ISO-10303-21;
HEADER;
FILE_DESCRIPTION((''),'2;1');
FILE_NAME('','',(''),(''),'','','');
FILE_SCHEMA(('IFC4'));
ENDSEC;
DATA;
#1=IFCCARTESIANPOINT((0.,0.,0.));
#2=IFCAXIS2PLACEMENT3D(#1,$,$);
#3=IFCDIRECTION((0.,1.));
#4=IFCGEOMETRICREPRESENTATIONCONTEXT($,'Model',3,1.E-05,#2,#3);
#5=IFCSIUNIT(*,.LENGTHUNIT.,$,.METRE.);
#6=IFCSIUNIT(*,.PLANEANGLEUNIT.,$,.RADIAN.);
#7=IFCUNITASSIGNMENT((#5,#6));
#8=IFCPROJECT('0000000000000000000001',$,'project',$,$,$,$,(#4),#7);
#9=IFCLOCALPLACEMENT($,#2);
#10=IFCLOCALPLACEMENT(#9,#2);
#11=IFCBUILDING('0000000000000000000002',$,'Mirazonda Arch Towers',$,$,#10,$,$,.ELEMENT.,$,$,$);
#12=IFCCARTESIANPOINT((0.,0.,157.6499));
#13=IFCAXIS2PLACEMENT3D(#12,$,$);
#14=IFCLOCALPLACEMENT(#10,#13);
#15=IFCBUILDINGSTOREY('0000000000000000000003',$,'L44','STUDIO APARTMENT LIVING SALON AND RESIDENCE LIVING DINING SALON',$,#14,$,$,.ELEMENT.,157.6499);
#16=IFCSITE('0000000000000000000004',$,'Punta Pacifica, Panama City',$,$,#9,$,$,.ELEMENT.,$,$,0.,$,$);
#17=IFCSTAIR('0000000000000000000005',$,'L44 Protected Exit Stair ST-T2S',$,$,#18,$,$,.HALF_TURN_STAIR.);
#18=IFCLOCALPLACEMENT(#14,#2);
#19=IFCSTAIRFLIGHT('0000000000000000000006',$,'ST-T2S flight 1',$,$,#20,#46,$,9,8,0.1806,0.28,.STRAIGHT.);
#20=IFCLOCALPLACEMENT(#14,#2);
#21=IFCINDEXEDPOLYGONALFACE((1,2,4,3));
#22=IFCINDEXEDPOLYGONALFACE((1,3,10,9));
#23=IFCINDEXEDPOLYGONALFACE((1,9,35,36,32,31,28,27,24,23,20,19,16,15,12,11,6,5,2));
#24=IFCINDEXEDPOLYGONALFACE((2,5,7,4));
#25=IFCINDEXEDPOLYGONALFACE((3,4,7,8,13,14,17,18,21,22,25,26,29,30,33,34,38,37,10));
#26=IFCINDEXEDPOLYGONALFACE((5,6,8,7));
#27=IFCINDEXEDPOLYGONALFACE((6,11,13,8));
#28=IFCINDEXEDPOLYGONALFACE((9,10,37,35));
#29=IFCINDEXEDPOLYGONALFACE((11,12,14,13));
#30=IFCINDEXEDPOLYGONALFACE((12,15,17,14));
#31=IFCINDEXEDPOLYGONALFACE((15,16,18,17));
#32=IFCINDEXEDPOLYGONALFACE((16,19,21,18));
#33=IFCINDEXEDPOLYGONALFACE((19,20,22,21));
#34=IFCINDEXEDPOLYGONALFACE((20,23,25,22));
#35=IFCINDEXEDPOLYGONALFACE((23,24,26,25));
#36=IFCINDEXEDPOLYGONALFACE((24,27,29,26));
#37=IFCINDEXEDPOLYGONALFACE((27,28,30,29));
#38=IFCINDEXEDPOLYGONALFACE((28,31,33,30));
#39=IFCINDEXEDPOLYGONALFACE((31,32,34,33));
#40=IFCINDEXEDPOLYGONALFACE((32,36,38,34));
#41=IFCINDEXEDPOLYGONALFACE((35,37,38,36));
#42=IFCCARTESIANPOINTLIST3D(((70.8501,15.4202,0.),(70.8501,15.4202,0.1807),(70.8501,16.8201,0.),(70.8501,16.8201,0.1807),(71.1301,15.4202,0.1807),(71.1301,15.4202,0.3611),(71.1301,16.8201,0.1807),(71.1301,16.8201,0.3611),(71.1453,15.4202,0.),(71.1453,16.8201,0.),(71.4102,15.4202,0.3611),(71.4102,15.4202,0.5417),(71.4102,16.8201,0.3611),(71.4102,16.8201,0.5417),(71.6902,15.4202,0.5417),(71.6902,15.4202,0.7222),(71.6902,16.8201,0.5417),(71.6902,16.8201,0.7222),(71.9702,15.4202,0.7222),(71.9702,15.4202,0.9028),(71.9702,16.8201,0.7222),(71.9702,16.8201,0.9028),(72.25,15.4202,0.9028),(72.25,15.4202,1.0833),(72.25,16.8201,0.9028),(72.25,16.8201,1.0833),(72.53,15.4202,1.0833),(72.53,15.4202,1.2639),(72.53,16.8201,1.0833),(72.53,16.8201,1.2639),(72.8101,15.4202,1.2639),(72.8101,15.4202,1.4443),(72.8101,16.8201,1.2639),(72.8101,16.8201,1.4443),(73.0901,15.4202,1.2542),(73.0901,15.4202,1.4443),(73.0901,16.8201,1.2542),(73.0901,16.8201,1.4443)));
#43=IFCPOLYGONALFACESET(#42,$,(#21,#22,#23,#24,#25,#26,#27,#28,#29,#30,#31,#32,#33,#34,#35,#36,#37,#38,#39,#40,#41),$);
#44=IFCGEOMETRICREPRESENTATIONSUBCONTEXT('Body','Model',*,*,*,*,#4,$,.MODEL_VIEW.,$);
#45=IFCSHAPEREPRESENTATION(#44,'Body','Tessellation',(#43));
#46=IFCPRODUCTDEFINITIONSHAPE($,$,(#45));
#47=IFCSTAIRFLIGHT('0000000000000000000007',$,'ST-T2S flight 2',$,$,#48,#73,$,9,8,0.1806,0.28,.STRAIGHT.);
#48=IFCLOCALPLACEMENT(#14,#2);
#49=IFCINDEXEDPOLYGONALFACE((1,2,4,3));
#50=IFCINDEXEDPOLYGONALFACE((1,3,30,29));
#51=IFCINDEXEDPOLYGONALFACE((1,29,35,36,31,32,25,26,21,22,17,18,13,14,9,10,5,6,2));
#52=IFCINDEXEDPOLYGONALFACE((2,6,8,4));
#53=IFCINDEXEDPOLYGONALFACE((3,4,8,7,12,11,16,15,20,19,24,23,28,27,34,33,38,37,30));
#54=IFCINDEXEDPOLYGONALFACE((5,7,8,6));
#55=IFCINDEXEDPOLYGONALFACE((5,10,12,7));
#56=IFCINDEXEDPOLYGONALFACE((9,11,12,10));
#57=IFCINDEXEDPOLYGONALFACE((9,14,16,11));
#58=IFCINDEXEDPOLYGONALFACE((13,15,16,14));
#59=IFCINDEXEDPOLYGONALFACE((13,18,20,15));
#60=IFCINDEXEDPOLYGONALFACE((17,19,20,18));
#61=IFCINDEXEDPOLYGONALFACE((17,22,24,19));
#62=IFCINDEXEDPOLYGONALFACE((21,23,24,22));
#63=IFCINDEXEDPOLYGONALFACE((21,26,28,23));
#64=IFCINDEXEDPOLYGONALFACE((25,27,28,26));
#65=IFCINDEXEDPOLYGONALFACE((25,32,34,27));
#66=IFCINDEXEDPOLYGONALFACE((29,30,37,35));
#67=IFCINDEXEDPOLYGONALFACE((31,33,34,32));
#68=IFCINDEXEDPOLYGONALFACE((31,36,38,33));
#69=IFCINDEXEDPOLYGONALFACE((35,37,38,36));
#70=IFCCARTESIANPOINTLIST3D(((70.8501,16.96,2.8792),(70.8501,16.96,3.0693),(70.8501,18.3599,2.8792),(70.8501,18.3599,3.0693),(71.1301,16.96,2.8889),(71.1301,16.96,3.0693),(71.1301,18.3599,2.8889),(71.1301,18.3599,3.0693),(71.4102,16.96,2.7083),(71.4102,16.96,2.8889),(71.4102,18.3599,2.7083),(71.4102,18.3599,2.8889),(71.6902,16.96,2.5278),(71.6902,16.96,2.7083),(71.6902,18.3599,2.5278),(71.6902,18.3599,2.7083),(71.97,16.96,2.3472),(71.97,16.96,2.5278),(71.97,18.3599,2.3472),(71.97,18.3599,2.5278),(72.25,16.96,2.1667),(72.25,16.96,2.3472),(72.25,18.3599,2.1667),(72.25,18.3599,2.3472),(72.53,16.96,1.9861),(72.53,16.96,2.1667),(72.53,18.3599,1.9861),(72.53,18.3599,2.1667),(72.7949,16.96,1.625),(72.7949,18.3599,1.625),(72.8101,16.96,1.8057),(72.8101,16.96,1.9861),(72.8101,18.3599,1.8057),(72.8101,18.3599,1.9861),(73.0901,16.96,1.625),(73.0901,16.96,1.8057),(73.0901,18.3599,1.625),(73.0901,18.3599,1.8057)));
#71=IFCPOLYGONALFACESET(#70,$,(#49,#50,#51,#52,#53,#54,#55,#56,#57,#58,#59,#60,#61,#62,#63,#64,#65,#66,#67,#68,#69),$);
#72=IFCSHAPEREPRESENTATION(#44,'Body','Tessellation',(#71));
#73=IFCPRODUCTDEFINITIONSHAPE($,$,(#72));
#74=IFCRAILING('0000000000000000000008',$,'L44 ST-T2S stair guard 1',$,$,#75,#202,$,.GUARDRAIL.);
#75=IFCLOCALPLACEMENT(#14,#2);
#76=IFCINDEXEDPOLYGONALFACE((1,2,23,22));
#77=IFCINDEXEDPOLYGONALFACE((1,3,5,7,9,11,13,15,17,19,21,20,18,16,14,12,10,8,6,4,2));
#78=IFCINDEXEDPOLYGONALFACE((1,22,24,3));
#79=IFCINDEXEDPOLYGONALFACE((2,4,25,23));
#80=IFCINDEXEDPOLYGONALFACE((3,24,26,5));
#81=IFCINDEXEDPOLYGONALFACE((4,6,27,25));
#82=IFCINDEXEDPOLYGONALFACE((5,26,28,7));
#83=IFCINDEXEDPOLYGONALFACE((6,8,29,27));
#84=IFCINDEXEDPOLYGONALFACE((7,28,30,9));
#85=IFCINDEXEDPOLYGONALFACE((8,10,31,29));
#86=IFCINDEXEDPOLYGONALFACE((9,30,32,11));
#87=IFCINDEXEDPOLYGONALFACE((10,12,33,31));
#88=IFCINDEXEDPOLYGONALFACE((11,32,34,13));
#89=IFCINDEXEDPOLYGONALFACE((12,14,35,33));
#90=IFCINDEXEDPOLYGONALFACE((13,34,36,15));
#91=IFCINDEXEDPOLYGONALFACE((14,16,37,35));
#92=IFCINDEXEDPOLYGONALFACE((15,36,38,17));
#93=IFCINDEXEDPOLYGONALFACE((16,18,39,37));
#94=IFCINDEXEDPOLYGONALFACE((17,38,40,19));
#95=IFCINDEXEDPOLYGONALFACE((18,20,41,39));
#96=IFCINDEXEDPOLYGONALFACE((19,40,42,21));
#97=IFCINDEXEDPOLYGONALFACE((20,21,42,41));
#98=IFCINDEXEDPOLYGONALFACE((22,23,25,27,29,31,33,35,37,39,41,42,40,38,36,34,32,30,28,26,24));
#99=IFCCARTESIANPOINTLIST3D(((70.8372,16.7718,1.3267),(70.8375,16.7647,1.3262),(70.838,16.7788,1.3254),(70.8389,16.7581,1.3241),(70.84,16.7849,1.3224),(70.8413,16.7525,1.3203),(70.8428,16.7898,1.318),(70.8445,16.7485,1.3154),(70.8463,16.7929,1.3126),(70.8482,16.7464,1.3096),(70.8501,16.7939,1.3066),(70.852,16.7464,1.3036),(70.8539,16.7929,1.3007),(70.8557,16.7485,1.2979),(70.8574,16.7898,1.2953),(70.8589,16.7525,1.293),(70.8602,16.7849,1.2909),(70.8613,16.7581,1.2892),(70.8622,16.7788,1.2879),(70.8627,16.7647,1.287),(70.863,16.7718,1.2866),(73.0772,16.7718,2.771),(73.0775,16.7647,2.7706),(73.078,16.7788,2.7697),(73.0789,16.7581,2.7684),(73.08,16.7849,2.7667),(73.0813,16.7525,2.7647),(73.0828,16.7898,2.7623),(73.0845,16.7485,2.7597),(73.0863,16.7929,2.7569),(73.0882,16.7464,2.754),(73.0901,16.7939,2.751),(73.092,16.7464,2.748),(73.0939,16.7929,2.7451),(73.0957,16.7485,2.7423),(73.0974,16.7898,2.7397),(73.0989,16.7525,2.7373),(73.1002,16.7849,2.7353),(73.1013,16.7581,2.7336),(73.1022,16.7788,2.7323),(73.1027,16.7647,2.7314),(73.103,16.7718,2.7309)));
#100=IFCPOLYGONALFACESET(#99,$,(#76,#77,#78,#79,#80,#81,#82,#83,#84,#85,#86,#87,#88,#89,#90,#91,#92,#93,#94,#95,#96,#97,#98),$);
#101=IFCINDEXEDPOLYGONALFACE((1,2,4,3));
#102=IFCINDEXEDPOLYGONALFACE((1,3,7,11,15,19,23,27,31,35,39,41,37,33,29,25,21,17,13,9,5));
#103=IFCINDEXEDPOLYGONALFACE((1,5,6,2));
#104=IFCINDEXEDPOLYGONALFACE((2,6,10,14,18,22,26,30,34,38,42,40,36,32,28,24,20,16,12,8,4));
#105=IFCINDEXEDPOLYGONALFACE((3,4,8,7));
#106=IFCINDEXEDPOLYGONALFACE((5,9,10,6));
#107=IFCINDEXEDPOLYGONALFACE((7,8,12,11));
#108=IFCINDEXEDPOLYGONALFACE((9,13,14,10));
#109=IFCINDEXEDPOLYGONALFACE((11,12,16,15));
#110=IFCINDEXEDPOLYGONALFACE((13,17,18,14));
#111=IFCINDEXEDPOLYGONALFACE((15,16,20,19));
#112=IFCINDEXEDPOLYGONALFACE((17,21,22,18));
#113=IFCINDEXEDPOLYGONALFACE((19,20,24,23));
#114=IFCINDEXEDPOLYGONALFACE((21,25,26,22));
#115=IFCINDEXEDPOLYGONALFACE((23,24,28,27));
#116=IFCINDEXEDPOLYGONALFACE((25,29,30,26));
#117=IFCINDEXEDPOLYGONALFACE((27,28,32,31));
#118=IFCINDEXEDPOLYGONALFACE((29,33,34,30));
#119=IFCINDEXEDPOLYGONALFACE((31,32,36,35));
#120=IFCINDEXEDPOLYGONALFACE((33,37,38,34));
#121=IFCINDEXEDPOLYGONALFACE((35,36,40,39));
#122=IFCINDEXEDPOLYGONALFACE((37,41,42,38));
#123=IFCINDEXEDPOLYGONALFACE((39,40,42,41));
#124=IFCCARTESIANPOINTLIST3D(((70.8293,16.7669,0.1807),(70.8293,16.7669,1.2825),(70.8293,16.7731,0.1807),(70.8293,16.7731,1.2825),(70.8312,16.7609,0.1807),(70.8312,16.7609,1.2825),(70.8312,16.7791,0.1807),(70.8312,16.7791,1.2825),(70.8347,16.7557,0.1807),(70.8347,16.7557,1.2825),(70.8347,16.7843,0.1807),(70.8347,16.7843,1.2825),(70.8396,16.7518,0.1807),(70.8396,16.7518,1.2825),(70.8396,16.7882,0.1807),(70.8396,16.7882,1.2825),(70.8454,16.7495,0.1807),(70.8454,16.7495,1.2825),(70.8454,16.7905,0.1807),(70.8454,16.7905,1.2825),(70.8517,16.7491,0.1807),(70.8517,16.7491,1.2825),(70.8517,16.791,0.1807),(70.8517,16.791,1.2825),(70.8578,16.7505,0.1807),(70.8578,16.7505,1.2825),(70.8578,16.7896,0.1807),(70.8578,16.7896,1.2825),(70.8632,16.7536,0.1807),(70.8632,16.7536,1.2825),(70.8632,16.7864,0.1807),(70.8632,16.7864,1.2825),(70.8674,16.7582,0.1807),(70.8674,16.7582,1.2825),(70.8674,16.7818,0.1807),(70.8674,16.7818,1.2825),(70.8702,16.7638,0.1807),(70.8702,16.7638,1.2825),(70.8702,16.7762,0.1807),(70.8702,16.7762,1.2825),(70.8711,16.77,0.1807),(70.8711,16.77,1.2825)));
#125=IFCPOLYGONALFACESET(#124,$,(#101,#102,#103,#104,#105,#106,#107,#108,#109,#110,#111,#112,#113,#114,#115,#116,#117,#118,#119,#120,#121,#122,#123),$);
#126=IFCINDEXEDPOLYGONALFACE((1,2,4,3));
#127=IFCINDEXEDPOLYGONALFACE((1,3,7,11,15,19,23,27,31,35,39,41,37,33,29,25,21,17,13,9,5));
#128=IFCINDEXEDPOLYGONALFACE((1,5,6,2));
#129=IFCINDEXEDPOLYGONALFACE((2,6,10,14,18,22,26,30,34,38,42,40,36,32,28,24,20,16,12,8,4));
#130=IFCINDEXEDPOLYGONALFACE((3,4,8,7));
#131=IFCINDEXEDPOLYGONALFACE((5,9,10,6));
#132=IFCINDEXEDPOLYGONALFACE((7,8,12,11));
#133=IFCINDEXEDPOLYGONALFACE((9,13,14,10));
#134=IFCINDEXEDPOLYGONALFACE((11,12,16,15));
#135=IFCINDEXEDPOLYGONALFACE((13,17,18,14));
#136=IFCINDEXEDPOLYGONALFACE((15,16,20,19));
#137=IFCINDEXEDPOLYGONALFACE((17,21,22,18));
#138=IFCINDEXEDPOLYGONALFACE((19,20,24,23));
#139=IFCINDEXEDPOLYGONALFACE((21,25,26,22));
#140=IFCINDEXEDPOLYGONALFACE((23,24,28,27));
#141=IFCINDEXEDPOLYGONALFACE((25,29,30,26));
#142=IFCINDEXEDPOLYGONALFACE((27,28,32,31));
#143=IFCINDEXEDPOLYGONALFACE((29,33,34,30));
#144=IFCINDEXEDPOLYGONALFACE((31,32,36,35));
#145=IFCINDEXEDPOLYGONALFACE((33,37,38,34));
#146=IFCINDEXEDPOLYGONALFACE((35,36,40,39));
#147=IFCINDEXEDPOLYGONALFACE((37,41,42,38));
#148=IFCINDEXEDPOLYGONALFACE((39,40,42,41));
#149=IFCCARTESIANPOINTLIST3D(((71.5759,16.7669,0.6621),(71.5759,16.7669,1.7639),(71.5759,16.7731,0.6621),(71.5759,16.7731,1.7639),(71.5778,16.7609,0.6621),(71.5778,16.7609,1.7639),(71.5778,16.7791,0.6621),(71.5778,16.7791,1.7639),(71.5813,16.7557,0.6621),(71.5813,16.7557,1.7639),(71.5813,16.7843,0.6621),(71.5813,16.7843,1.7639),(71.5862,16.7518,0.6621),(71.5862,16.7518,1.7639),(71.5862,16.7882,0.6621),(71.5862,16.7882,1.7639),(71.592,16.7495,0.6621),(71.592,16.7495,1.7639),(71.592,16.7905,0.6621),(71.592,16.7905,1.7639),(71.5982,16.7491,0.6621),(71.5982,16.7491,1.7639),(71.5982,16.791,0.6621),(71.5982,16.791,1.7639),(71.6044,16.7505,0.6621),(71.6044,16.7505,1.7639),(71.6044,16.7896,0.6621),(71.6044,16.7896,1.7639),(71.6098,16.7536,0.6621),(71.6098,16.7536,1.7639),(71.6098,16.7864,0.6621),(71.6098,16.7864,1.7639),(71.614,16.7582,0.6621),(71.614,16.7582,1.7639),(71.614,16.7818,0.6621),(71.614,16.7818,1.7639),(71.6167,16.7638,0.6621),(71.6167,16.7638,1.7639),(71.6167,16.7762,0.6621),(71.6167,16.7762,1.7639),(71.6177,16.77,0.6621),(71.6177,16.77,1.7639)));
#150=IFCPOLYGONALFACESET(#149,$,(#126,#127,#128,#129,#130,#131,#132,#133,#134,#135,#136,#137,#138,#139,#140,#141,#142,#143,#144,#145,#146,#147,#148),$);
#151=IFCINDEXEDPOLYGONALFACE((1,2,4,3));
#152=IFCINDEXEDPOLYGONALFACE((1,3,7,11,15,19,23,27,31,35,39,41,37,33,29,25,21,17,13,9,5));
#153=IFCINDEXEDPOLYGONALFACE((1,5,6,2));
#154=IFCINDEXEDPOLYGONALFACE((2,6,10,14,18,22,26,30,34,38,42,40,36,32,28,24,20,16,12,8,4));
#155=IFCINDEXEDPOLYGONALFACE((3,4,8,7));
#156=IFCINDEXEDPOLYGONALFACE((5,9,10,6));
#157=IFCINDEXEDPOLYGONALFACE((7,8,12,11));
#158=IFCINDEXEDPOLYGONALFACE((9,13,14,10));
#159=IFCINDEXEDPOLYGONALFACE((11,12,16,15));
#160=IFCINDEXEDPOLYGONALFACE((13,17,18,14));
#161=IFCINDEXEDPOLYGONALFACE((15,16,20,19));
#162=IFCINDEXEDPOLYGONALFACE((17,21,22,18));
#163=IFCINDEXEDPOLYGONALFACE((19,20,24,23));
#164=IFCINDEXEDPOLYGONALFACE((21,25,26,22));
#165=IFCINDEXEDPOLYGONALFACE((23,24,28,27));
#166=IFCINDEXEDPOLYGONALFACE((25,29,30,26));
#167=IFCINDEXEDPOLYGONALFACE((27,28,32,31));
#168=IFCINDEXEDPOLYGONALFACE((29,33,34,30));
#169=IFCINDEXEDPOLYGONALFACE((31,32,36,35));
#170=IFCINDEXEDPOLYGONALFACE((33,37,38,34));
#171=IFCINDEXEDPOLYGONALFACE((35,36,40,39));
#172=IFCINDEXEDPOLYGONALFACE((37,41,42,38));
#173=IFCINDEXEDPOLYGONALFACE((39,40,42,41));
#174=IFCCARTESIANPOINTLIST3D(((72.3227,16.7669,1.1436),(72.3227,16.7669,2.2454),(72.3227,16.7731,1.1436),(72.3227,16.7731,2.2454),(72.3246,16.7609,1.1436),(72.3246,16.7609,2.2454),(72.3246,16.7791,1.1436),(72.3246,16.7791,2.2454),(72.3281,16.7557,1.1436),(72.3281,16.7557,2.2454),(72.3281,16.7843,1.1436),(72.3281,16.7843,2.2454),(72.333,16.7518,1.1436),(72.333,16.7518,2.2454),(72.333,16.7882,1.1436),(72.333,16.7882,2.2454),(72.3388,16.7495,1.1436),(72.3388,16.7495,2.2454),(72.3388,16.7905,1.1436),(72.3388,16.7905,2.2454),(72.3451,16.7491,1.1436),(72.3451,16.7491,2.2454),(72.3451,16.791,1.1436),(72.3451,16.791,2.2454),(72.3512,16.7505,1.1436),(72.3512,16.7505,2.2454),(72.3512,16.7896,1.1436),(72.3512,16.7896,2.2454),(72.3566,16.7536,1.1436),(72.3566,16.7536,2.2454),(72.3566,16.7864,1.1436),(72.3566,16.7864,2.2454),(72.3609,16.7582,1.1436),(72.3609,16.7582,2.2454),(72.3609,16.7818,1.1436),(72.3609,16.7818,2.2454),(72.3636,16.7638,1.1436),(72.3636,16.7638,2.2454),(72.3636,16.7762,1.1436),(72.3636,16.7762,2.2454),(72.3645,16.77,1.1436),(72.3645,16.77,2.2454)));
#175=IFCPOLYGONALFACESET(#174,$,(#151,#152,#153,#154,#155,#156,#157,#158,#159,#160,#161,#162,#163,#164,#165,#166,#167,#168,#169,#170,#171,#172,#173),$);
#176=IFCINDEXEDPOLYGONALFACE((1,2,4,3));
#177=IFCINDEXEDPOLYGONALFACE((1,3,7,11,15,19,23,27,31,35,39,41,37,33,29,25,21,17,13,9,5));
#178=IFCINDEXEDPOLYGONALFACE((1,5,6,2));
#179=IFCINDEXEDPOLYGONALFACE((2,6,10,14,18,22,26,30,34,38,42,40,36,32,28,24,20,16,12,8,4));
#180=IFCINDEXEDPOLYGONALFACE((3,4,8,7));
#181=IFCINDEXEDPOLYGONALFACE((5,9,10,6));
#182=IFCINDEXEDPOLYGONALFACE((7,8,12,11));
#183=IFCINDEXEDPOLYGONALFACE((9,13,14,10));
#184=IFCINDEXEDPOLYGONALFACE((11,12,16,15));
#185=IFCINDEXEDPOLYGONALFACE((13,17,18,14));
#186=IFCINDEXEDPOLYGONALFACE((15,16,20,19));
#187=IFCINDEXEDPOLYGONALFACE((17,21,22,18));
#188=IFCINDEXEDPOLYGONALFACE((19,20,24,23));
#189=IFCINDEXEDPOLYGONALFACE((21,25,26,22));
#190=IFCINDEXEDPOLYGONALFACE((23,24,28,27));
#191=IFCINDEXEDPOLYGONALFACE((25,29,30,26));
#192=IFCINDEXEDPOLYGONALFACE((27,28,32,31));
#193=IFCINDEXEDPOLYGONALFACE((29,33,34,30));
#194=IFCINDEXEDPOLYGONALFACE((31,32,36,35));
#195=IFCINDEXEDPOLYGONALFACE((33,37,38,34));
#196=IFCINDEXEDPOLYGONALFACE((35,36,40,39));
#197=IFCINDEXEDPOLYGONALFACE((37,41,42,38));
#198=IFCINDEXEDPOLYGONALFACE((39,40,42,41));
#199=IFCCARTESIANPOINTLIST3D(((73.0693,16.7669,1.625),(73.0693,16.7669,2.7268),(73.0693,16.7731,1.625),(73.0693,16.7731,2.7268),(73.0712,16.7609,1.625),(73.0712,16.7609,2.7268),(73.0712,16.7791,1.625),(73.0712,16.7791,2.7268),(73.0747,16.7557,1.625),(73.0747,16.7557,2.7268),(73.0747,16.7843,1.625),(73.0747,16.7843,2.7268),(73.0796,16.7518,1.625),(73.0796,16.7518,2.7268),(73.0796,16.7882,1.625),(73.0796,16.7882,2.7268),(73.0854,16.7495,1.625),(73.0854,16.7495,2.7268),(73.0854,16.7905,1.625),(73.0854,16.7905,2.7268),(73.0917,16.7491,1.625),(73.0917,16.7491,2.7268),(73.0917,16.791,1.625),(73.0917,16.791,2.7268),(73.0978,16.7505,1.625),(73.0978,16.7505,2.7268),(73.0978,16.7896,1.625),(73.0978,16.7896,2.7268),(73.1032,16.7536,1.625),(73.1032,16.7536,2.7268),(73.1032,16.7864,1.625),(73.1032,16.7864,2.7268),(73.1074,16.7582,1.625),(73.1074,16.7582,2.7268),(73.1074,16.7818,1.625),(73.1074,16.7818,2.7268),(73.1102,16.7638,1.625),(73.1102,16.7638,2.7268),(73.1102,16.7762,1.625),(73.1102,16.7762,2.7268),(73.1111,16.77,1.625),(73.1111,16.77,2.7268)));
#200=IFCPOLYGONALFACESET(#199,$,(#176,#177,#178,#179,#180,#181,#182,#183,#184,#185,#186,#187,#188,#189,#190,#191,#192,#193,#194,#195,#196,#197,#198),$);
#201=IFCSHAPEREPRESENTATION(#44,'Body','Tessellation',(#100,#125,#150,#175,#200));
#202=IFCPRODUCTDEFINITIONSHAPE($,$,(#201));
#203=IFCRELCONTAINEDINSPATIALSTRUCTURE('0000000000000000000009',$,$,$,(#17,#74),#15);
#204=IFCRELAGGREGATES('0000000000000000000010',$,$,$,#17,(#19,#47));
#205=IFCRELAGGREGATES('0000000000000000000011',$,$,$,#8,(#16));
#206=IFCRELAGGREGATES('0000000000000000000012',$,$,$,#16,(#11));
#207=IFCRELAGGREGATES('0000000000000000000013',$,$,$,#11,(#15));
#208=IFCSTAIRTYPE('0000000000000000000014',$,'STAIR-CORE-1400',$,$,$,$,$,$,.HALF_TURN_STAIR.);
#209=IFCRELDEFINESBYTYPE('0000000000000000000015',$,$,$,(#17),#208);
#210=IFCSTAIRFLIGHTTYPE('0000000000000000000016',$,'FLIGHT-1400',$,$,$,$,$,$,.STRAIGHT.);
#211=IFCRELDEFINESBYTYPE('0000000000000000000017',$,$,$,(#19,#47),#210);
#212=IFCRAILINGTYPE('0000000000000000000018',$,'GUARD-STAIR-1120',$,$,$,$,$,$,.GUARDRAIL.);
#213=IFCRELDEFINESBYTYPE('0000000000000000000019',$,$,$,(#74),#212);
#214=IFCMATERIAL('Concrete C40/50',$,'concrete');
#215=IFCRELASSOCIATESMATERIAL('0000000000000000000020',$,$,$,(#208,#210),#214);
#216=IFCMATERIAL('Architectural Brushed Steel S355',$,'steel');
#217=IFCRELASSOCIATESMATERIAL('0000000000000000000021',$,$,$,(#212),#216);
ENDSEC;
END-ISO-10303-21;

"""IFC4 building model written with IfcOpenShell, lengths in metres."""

from ifc_helpers import new_model, si_unit, direction, frame, origin, origin_2d, place, context, subcontext, project, spatial, polyline, circle, outline, extrude, material, type_object, element, aggregate, save


model = new_model("IFC4")

# Units and contexts
model_context = context("Model", 3, precision=1e-05, world=origin(), true_north=direction((0.0, 1.0)))
body_context = subcontext(model_context, "Body", "Model", "MODEL_VIEW")
ifc_project = project(units=[si_unit("LENGTHUNIT", "METRE"), si_unit("PLANEANGLEUNIT", "RADIAN")], contexts=[model_context])

# Site, building, storey
site_placement = place(None, origin())
site = spatial("IfcSite", under=ifc_project, at=site_placement, Name="Punta Pacifica, Panama City", CompositionType="ELEMENT", RefElevation=0.0)
building_placement = place(site_placement, origin())
building = spatial("IfcBuilding", under=site, at=building_placement, Name="Mirazonda Arch Towers", CompositionType="ELEMENT")
storey_placement = place(building_placement, frame((0.0, 0.0, 157.6499)))
storey = spatial("IfcBuildingStorey", under=building, at=storey_placement, Name="L44", Description="STUDIO APARTMENT LIVING SALON AND RESIDENCE LIVING DINING SALON", CompositionType="ELEMENT", Elevation=157.6499)

# Shared definitions
ifc_material_1 = material(Name="Concrete C40/50", Category="concrete")

# Stair, stair flights
stair_type = type_object("IfcStairType", Name="STAIR-CORE-1400", PredefinedType="HALF_TURN_STAIR", material=ifc_material_1)
stair_placement = place(storey_placement, origin())
stair = element("IfcStair", 1, at=stair_placement, inside=storey, type_object=stair_type, Name="L44 Protected Exit Stair ST-T2S", PredefinedType="HALF_TURN_STAIR")
stair_flight_type = type_object("IfcStairFlightType", Name="FLIGHT-1400", PredefinedType="STRAIGHT", material=ifc_material_1)
stair_flight_1_placement = place(storey_placement, frame((70.8501, 16.1201, 0.0), z_axis=(0.0, 0.0, 1.0), x_axis=(1.0, 0.0, 0.0)))
stair_flight_1 = element("IfcStairFlight", 2, at=stair_flight_1_placement, type_object=stair_flight_type, Name="ST-T2S flight 1", NumberOfRisers=9, NumberOfTreads=8, PredefinedType="STRAIGHT", RiserHeight=0.1806, TreadLength=0.28, context=body_context, shape_type="SweptSolid", body=[
    extrude(outline(polyline([(0.0, 0.0), (0.0, 0.1807), (0.28, 0.1807), (0.28, 0.3611), (0.5601, 0.3611), (0.5601, 0.5417), (0.8401, 0.5417), (0.8401, 0.7222), (1.1201, 0.7222), (1.1201, 0.9028), (1.3999, 0.9028), (1.3999, 1.0833), (1.6799, 1.0833), (1.6799, 1.2639), (1.96, 1.2639), (1.96, 1.4443), (2.24, 1.4443), (2.24, 1.625), (2.24, 1.2542), (0.2952, 0.0), (0.0, 0.0)])), frame((0.0, 0.7, 0.0), z_axis=(0.0, -1.0, 0.0), x_axis=(1.0, 0.0, 0.0)), (0.0, 0.0, 1.0), 1.3999),
])
stair_flight_2_placement = place(storey_placement, frame((73.0901, 17.6599, 1.625), z_axis=(0.0, 0.0, 1.0), x_axis=(-1.0, 0.0, 0.0)))
stair_flight_2 = element("IfcStairFlight", 3, at=stair_flight_2_placement, type_object=stair_flight_type, Name="ST-T2S flight 2", NumberOfRisers=9, NumberOfTreads=8, PredefinedType="STRAIGHT", RiserHeight=0.1806, TreadLength=0.28, context=body_context, shape_type="SweptSolid", body=[
    extrude(outline(polyline([(0.0, 0.0), (0.0, 0.1807), (0.28, 0.1807), (0.28, 0.3611), (0.5601, 0.3611), (0.5601, 0.5417), (0.8401, 0.5417), (0.8401, 0.7222), (1.1201, 0.7222), (1.1201, 0.9028), (1.3999, 0.9028), (1.3999, 1.0833), (1.6799, 1.0833), (1.6799, 1.2639), (1.96, 1.2639), (1.96, 1.4443), (2.24, 1.4443), (2.24, 1.625), (2.24, 1.2542), (0.2952, 0.0), (0.0, 0.0)])), frame((0.0, 0.7, 0.0), z_axis=(0.0, -1.0, 0.0), x_axis=(1.0, 0.0, 0.0)), (0.0, 0.0, 1.0), 1.3999),
])
aggregate(stair, [stair_flight_1, stair_flight_2])

# Railing
ifc_material_2 = material(Name="Architectural Brushed Steel S355", Category="steel")
railing_type_1 = type_object("IfcRailingType", Name="GUARD-STAIR-1120", PredefinedType="GUARDRAIL", material=ifc_material_2)
railing_1_placement = place(storey_placement, frame((70.8501, 16.77, 0.1807)))
element("IfcRailing", 4, at=railing_1_placement, inside=storey, type_object=railing_type_1, Name="L44 ST-T2S stair guard 1", PredefinedType="GUARDRAIL", context=body_context, shape_type="SweptSolid", body=[
    extrude(circle(Radius=0.0239, at=origin_2d()), frame((0.0, 0.0, 1.126), z_axis=(0.840437, 0.0, 0.54191), x_axis=(0.0, 1.0, 0.0)), (0.0, 0.0, 1.0), 2.6653),
    extrude(circle(Radius=0.021, at=origin_2d()), origin(), (0.0, 0.0, 1.0), 1.1018),
    extrude(circle(Radius=0.021, at=origin_2d()), frame((0.7466, 0.0, 0.4814)), (0.0, 0.0, 1.0), 1.1018),
    extrude(circle(Radius=0.021, at=origin_2d()), frame((1.4934, 0.0, 0.9629)), (0.0, 0.0, 1.0), 1.1018),
    extrude(circle(Radius=0.021, at=origin_2d()), frame((2.24, 0.0, 1.4443)), (0.0, 0.0, 1.0), 1.1018),
])

save(model, "model.ifc")
